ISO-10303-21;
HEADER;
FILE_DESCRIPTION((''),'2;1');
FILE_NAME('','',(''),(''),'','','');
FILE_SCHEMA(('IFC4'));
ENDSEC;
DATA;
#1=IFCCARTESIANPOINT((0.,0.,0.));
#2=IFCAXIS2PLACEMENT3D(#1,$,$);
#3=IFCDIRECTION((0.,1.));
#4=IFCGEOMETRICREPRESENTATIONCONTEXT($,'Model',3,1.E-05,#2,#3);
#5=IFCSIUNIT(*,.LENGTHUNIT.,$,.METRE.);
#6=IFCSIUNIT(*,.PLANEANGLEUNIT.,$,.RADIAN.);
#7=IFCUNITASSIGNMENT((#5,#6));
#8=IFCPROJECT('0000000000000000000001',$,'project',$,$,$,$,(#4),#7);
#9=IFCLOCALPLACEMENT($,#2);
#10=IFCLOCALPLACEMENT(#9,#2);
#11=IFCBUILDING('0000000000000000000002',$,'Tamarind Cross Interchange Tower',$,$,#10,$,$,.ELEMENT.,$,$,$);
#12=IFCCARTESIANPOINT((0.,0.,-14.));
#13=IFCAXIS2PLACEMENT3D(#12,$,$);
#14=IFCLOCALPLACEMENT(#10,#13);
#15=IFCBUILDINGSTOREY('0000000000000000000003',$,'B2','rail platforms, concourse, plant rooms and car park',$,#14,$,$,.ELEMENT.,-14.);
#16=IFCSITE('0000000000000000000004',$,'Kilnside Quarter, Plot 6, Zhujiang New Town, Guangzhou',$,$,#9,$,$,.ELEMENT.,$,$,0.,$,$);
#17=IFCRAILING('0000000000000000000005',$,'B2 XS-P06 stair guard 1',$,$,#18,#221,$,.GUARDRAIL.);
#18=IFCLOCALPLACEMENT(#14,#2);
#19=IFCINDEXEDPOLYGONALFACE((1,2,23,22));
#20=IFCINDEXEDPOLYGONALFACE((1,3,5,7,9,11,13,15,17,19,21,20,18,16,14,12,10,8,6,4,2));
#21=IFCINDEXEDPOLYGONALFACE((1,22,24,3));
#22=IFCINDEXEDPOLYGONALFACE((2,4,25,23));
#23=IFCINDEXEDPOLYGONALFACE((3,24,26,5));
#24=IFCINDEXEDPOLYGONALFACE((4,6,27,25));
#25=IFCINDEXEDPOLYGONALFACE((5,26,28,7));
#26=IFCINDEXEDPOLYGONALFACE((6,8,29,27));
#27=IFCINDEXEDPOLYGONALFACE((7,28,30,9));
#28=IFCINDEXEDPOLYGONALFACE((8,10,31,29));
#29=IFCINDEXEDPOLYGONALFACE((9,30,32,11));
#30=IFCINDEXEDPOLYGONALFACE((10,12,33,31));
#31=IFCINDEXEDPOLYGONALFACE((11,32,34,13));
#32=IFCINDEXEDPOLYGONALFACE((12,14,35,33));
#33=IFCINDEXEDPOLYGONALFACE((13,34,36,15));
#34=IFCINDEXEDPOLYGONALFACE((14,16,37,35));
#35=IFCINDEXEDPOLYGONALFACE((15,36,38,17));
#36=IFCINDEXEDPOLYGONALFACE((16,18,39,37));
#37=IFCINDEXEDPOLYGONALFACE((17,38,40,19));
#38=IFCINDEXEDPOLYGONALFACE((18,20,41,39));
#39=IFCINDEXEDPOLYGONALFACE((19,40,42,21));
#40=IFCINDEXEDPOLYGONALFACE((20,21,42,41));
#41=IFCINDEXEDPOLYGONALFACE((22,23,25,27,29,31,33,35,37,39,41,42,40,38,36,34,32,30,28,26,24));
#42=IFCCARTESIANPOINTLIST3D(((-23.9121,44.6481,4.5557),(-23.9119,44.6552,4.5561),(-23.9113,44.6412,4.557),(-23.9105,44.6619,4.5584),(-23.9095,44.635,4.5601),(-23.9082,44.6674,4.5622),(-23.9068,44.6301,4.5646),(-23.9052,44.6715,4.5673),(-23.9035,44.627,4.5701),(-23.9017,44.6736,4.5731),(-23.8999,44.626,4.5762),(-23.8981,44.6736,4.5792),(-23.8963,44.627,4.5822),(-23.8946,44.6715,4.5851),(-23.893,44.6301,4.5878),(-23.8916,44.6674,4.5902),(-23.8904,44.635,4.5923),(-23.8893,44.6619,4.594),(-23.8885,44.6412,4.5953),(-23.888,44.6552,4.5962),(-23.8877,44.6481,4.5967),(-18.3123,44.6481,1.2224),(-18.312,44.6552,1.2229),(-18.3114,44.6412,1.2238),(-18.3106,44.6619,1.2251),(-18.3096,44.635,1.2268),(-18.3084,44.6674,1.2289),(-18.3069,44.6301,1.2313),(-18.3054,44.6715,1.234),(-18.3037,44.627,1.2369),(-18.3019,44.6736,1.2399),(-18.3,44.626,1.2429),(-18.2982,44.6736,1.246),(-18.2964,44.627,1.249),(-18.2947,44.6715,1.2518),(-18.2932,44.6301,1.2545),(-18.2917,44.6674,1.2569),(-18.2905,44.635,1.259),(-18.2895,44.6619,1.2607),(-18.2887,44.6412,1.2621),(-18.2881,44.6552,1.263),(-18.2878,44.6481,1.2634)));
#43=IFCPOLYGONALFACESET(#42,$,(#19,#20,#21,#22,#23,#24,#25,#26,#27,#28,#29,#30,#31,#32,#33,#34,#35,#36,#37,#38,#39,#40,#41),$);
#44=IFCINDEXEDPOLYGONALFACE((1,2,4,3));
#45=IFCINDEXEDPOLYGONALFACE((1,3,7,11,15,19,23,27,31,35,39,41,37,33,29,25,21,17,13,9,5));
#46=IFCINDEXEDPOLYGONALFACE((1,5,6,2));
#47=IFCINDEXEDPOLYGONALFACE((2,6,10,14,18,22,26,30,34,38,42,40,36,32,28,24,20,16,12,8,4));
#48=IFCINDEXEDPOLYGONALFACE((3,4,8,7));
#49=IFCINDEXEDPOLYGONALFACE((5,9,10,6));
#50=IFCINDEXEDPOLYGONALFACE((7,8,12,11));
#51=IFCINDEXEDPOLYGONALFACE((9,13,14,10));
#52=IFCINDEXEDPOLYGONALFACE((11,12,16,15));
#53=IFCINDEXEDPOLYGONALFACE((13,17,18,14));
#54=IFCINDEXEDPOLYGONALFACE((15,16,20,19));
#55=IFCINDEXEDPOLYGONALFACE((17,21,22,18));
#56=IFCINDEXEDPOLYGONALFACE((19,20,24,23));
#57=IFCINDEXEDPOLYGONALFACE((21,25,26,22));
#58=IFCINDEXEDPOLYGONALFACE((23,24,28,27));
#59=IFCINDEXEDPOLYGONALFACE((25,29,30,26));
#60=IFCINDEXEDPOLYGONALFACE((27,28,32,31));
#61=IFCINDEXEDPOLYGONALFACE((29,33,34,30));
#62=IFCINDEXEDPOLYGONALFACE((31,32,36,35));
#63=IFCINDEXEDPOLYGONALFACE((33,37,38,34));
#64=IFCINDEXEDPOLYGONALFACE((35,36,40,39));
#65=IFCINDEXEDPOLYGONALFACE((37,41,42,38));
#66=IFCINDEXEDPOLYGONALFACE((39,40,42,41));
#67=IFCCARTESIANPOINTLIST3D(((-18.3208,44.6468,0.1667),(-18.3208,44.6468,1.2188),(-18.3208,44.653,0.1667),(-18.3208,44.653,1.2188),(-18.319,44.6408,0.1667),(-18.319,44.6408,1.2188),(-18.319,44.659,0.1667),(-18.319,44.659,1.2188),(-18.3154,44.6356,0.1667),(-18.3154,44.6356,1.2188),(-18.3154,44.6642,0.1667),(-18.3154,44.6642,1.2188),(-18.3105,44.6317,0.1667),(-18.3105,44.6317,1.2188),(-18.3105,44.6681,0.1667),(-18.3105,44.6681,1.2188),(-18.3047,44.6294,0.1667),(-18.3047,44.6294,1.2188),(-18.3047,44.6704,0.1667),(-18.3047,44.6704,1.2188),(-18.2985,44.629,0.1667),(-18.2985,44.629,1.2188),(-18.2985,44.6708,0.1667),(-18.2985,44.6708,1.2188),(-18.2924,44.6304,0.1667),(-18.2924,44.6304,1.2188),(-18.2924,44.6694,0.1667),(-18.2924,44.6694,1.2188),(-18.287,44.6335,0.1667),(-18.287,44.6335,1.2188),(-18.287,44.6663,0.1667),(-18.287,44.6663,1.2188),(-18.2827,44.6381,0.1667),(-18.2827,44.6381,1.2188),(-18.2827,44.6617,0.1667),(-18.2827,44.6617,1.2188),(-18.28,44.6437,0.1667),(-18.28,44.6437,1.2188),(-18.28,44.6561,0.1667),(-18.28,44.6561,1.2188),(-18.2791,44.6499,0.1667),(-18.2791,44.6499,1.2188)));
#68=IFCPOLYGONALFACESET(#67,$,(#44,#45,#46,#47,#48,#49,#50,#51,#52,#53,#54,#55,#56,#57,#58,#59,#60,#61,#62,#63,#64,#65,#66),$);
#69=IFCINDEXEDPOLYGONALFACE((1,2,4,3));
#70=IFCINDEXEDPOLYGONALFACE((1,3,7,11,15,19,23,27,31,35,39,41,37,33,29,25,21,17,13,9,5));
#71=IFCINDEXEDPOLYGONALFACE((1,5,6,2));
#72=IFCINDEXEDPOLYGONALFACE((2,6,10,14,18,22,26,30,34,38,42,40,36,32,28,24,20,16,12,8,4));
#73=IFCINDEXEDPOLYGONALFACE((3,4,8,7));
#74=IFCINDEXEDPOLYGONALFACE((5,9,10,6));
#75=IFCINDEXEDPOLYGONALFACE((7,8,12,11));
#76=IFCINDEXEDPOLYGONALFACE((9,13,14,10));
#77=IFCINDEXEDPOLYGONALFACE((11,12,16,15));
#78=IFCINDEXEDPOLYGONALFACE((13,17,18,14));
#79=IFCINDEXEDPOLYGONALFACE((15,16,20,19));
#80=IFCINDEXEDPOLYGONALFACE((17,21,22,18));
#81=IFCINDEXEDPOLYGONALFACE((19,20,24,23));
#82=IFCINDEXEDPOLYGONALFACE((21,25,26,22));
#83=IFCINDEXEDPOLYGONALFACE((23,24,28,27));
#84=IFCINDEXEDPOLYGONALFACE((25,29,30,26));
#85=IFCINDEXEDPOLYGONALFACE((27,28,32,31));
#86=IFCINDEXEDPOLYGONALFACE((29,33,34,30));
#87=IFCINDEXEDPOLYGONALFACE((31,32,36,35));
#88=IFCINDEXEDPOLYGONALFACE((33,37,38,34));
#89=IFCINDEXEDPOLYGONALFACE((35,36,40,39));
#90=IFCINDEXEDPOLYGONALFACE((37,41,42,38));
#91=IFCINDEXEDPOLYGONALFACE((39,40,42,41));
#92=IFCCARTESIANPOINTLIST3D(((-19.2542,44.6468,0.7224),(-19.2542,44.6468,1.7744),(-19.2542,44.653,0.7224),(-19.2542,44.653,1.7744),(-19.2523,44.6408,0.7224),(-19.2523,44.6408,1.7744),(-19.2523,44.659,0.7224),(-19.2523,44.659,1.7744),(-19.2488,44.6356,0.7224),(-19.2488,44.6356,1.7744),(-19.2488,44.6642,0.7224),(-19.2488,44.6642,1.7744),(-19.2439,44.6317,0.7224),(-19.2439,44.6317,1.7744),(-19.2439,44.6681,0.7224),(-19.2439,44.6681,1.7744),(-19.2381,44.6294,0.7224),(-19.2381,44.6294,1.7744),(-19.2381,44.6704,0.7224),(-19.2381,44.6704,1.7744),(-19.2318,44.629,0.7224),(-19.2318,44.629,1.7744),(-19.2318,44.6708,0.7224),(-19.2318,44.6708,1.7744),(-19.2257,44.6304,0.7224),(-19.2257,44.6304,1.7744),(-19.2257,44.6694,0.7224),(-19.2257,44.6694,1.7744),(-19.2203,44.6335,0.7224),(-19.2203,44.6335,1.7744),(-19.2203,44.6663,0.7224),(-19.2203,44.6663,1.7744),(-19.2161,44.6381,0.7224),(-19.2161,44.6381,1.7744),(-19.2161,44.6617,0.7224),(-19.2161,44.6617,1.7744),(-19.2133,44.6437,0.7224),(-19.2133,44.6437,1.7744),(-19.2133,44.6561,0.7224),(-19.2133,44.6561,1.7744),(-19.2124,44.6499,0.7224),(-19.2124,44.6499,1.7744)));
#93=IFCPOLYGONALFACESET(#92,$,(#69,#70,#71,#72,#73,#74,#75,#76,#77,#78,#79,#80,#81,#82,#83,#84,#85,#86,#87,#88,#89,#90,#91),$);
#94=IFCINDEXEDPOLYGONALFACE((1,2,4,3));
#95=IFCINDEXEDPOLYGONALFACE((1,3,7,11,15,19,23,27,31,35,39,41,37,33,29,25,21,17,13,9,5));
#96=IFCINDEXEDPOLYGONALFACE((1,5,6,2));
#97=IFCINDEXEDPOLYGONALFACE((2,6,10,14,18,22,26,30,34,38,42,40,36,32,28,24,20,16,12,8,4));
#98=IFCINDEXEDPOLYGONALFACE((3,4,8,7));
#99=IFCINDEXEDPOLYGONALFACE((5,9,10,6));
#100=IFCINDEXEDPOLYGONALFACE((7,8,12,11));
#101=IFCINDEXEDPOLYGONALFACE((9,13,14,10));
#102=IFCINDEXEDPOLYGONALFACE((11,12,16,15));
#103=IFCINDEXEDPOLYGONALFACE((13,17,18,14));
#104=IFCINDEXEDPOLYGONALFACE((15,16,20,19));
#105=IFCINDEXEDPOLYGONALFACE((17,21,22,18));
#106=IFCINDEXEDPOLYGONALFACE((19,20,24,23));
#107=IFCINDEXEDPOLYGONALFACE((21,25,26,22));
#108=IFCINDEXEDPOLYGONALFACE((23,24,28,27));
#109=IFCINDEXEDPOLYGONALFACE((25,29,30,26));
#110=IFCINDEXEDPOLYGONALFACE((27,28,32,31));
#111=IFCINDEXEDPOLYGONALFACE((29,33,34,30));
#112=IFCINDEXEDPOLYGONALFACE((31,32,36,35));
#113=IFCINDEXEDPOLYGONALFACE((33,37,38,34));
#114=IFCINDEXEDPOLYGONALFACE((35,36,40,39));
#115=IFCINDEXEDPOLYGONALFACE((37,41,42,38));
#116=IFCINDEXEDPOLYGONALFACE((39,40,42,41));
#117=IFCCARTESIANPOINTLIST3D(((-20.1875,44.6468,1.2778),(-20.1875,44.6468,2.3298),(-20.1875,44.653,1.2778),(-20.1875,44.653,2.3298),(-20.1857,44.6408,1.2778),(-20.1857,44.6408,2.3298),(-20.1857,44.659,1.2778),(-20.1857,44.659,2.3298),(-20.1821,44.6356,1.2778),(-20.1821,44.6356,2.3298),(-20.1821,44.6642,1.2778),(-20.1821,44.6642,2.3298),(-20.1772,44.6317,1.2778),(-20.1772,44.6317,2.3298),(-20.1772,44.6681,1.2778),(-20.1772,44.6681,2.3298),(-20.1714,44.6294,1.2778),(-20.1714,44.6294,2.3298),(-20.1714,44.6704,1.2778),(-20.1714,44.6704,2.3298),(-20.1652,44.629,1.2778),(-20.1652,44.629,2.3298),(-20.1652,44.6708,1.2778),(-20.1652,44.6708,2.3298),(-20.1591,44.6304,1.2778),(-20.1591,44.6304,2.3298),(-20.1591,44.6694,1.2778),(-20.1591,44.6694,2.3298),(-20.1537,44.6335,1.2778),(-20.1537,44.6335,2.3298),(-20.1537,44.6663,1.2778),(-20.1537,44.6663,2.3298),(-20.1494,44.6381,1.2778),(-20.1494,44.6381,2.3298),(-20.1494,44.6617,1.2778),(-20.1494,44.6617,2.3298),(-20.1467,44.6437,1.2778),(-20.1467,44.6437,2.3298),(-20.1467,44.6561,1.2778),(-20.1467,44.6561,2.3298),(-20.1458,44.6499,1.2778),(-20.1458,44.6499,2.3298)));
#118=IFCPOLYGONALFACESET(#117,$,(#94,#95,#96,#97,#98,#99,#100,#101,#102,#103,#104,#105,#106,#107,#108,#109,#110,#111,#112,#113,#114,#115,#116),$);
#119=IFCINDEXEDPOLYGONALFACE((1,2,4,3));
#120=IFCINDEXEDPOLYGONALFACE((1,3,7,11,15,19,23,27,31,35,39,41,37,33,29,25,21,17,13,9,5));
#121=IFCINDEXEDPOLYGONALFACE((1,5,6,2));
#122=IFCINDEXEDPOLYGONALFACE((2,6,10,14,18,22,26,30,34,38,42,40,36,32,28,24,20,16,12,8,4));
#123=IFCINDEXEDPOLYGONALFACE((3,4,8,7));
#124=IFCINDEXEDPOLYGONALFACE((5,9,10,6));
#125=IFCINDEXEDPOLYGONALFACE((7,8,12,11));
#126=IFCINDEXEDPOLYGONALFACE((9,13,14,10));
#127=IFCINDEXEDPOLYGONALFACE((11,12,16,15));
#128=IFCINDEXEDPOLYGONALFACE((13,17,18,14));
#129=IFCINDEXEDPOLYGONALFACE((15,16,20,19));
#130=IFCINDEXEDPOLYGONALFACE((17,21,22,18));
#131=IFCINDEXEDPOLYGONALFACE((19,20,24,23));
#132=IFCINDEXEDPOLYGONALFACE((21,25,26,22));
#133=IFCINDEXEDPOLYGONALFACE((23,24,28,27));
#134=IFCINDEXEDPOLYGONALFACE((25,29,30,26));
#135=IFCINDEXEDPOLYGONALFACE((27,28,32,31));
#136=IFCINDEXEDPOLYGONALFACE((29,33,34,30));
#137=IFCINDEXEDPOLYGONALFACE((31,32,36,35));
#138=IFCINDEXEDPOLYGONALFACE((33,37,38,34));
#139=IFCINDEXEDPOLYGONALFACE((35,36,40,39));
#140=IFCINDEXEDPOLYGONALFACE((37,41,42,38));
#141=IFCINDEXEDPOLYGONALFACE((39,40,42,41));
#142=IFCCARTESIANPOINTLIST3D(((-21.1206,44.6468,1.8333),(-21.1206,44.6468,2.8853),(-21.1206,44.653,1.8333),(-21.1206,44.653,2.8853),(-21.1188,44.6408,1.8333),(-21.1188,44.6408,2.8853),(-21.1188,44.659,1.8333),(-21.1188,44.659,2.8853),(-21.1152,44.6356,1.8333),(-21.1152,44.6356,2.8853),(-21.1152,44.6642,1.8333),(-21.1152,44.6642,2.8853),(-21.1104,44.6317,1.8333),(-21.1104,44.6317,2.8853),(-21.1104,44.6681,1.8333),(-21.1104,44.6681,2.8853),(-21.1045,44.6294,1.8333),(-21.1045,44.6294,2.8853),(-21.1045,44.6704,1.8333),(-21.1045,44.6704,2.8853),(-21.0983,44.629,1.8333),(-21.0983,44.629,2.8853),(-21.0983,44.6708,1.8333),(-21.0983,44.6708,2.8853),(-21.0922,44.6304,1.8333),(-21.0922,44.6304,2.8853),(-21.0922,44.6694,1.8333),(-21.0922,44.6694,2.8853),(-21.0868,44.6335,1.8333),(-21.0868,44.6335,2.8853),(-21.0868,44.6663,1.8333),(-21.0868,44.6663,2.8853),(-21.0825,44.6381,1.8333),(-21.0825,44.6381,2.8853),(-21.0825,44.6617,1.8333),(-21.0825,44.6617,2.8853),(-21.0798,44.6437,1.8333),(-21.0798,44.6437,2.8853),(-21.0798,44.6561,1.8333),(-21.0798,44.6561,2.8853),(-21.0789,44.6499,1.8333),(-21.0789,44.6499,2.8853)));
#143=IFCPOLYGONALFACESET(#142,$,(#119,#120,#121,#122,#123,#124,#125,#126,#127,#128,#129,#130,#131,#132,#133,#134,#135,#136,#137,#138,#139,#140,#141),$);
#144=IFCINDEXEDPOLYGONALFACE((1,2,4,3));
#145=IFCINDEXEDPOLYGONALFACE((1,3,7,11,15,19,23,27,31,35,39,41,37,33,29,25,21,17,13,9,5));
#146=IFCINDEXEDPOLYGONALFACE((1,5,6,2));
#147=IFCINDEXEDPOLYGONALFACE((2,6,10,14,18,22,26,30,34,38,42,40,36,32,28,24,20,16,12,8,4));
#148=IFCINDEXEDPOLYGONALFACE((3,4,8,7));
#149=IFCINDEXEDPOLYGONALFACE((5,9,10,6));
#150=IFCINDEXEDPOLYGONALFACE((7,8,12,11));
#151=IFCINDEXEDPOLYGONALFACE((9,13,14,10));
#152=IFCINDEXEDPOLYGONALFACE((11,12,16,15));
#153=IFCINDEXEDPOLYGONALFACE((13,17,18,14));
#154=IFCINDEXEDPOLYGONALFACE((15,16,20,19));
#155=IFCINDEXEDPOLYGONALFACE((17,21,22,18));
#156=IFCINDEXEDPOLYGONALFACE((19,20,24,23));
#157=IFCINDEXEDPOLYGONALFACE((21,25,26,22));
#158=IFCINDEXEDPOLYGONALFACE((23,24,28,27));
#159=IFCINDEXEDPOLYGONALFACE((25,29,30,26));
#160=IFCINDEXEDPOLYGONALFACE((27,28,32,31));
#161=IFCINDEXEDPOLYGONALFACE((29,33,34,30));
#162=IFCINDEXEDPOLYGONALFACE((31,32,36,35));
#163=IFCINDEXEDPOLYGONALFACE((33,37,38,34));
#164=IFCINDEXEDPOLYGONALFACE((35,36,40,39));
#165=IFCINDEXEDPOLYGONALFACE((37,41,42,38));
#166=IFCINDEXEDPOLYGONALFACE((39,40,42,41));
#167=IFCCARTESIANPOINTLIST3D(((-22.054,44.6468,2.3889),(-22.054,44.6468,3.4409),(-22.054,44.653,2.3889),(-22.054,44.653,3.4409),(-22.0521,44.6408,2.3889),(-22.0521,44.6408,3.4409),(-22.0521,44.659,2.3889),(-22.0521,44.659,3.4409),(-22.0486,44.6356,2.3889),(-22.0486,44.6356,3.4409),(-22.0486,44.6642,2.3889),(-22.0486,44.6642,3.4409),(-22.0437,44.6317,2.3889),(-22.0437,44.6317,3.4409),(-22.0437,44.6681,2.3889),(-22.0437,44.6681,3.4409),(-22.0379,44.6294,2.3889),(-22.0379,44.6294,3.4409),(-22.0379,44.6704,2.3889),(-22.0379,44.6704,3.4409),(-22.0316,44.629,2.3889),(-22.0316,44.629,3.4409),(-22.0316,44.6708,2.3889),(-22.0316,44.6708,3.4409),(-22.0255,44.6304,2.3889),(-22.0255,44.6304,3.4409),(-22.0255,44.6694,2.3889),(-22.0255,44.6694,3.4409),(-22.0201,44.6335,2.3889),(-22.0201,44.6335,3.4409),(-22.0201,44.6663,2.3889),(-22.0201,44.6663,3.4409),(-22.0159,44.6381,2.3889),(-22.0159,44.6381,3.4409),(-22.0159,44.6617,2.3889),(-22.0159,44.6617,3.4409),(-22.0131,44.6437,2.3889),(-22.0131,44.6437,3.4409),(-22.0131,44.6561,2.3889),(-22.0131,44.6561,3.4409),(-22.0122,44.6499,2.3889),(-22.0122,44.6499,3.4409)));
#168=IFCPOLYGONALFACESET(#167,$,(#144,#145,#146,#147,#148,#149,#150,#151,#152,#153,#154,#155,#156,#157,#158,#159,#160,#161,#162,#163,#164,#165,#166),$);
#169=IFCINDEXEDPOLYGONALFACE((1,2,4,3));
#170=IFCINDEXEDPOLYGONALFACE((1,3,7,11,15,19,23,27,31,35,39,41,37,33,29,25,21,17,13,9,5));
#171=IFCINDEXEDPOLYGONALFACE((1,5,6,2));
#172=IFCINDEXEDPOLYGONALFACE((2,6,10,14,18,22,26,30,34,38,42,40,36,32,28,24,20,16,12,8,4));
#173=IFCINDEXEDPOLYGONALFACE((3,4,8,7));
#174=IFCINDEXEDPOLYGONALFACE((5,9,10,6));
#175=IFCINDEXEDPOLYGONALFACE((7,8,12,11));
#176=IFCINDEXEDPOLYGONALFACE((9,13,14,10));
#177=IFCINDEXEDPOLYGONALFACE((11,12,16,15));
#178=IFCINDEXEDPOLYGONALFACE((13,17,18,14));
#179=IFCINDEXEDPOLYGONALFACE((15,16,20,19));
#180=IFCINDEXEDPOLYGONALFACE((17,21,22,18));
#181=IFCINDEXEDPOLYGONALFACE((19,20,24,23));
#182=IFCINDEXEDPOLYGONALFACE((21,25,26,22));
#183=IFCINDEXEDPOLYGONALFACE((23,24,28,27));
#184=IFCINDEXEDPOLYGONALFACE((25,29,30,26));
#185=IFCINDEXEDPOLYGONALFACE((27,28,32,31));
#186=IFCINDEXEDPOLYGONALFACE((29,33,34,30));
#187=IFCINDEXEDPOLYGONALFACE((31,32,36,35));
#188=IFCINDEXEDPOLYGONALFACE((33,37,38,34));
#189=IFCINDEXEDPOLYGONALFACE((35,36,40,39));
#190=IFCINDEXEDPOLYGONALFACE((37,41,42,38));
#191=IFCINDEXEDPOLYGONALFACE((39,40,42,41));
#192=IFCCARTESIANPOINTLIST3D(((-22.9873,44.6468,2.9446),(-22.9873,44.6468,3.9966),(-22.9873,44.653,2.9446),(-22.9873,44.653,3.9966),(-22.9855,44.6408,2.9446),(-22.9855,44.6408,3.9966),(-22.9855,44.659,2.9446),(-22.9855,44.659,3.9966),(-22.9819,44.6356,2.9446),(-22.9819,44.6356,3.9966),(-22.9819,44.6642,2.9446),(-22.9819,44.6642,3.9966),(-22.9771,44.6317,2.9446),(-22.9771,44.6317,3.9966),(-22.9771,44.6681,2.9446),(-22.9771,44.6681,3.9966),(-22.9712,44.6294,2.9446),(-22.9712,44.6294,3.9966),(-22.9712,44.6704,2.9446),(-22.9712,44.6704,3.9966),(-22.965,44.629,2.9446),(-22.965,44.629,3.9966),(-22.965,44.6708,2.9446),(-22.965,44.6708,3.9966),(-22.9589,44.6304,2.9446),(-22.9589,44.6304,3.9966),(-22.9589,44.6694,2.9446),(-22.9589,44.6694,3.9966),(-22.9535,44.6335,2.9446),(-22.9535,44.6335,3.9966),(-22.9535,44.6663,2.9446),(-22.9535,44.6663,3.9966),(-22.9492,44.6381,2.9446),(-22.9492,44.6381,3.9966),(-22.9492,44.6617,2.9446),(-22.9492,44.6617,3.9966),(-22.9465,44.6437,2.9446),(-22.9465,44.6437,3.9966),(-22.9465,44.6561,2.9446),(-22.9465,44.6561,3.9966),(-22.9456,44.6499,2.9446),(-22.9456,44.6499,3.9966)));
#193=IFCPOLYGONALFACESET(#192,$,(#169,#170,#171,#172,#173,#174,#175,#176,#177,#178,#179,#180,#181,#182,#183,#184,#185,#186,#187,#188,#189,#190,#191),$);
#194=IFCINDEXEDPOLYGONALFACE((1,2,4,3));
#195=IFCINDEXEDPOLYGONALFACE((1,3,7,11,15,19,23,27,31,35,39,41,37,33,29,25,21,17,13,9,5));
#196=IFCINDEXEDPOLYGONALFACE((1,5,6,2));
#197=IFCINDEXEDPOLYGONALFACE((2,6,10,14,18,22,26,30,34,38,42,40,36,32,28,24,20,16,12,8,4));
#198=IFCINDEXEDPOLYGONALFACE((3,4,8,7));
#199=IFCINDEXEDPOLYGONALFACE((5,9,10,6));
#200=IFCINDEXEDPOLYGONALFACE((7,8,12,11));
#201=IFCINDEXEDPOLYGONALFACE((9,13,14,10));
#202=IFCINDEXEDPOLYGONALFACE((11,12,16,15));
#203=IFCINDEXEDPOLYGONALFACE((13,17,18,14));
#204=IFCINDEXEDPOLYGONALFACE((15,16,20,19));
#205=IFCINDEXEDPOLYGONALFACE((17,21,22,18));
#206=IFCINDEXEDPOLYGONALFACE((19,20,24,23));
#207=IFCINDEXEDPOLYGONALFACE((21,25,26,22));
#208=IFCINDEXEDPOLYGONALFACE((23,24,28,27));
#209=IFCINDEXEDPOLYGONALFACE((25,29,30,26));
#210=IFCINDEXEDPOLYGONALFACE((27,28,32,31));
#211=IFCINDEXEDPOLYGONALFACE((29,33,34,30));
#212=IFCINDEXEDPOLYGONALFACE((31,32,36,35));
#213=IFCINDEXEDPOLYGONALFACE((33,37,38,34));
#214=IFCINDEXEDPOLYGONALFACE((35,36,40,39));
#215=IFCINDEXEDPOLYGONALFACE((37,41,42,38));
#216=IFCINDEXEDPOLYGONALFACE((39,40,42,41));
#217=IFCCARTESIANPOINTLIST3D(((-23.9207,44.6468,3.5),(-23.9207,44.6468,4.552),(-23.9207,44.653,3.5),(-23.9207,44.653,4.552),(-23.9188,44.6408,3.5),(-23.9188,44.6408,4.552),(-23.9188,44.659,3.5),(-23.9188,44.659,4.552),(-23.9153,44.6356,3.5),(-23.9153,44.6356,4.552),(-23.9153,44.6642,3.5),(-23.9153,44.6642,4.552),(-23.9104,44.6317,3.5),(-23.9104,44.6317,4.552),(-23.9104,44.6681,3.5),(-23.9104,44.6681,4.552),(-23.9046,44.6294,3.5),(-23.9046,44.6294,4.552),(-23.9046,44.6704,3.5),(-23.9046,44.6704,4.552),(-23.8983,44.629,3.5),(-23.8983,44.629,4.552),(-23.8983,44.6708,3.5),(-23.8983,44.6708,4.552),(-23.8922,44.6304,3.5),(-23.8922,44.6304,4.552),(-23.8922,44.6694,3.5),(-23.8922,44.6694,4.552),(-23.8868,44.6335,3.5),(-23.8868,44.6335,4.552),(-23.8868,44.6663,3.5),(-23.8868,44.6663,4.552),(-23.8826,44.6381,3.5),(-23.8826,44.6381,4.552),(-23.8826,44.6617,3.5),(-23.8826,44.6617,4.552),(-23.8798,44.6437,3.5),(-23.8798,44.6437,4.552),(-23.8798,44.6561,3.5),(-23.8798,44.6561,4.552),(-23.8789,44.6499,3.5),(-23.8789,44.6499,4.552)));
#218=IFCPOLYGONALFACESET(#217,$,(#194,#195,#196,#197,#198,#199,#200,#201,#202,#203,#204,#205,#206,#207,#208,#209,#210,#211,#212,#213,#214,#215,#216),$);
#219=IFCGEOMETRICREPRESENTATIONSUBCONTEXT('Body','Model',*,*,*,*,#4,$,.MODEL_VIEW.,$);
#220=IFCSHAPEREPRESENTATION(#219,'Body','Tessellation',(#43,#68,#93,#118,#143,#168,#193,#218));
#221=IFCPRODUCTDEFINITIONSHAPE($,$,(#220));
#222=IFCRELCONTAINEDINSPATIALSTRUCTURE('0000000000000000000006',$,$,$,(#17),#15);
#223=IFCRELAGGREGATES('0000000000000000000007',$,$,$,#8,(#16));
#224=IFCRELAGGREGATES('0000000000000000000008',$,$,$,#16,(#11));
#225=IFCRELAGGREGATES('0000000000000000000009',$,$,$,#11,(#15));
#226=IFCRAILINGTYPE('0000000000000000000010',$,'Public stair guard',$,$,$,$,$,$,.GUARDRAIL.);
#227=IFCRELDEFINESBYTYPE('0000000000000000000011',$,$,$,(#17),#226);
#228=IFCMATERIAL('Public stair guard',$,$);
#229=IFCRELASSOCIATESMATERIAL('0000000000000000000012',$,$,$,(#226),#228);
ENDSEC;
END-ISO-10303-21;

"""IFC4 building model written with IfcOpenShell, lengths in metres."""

from ifc_helpers import new_model, si_unit, direction, frame, origin, origin_2d, place, context, subcontext, project, spatial, circle, extrude, material, type_object, element, save


model = new_model("IFC4")

# Units and contexts
model_context = context("Model", 3, precision=1e-05, world=origin(), true_north=direction((0.0, 1.0)))
body_context = subcontext(model_context, "Body", "Model", "MODEL_VIEW")
ifc_project = project(units=[si_unit("LENGTHUNIT", "METRE"), si_unit("PLANEANGLEUNIT", "RADIAN")], contexts=[model_context])

# Site, building, storey
site_placement = place(None, origin())
site = spatial("IfcSite", under=ifc_project, at=site_placement, Name="Kilnside Quarter, Plot 6, Zhujiang New Town, Guangzhou", CompositionType="ELEMENT", RefElevation=0.0)
building_placement = place(site_placement, origin())
building = spatial("IfcBuilding", under=site, at=building_placement, Name="Tamarind Cross Interchange Tower", CompositionType="ELEMENT")
storey_placement = place(building_placement, frame((0.0, 0.0, -14.0)))
storey = spatial("IfcBuildingStorey", under=building, at=storey_placement, Name="B2", Description="rail platforms, concourse, plant rooms and car park", CompositionType="ELEMENT", Elevation=-14.0)

# Railing
ifc_material_1 = material(Name="Public stair guard")
railing_type_1 = type_object("IfcRailingType", Name="Public stair guard", PredefinedType="GUARDRAIL", material=ifc_material_1)
railing_1_placement = place(storey_placement, frame((-18.3, 44.6499, 0.1667)))
element("IfcRailing", 1, at=railing_1_placement, inside=storey, type_object=railing_type_1, Name="B2 XS-P06 stair guard 1", PredefinedType="GUARDRAIL", context=body_context, shape_type="SweptSolid", body=[
    extrude(circle(Radius=0.0239, at=origin_2d()), frame((0.0, 0.0, 1.0762), z_axis=(-0.859292, 0.0, 0.511485), x_axis=(0.0, -1.0, 0.0)), (0.0, 0.0, 1.0), 6.5168),
    extrude(circle(Radius=0.021, at=origin_2d()), origin(), (0.0, 0.0, 1.0), 1.052),
    extrude(circle(Radius=0.021, at=origin_2d()), frame((-0.9333, 0.0, 0.5557)), (0.0, 0.0, 1.0), 1.052),
    extrude(circle(Radius=0.021, at=origin_2d()), frame((-1.8667, 0.0, 1.1111)), (0.0, 0.0, 1.0), 1.052),
    extrude(circle(Radius=0.021, at=origin_2d()), frame((-2.7998, 0.0, 1.6665)), (0.0, 0.0, 1.0), 1.052),
    extrude(circle(Radius=0.021, at=origin_2d()), frame((-3.7332, 0.0, 2.2222)), (0.0, 0.0, 1.0), 1.052),
    extrude(circle(Radius=0.021, at=origin_2d()), frame((-4.6665, 0.0, 2.7778)), (0.0, 0.0, 1.0), 1.052),
    extrude(circle(Radius=0.021, at=origin_2d()), frame((-5.5999, 0.0, 3.3333)), (0.0, 0.0, 1.0), 1.052),
])

save(model, "model.ifc")
